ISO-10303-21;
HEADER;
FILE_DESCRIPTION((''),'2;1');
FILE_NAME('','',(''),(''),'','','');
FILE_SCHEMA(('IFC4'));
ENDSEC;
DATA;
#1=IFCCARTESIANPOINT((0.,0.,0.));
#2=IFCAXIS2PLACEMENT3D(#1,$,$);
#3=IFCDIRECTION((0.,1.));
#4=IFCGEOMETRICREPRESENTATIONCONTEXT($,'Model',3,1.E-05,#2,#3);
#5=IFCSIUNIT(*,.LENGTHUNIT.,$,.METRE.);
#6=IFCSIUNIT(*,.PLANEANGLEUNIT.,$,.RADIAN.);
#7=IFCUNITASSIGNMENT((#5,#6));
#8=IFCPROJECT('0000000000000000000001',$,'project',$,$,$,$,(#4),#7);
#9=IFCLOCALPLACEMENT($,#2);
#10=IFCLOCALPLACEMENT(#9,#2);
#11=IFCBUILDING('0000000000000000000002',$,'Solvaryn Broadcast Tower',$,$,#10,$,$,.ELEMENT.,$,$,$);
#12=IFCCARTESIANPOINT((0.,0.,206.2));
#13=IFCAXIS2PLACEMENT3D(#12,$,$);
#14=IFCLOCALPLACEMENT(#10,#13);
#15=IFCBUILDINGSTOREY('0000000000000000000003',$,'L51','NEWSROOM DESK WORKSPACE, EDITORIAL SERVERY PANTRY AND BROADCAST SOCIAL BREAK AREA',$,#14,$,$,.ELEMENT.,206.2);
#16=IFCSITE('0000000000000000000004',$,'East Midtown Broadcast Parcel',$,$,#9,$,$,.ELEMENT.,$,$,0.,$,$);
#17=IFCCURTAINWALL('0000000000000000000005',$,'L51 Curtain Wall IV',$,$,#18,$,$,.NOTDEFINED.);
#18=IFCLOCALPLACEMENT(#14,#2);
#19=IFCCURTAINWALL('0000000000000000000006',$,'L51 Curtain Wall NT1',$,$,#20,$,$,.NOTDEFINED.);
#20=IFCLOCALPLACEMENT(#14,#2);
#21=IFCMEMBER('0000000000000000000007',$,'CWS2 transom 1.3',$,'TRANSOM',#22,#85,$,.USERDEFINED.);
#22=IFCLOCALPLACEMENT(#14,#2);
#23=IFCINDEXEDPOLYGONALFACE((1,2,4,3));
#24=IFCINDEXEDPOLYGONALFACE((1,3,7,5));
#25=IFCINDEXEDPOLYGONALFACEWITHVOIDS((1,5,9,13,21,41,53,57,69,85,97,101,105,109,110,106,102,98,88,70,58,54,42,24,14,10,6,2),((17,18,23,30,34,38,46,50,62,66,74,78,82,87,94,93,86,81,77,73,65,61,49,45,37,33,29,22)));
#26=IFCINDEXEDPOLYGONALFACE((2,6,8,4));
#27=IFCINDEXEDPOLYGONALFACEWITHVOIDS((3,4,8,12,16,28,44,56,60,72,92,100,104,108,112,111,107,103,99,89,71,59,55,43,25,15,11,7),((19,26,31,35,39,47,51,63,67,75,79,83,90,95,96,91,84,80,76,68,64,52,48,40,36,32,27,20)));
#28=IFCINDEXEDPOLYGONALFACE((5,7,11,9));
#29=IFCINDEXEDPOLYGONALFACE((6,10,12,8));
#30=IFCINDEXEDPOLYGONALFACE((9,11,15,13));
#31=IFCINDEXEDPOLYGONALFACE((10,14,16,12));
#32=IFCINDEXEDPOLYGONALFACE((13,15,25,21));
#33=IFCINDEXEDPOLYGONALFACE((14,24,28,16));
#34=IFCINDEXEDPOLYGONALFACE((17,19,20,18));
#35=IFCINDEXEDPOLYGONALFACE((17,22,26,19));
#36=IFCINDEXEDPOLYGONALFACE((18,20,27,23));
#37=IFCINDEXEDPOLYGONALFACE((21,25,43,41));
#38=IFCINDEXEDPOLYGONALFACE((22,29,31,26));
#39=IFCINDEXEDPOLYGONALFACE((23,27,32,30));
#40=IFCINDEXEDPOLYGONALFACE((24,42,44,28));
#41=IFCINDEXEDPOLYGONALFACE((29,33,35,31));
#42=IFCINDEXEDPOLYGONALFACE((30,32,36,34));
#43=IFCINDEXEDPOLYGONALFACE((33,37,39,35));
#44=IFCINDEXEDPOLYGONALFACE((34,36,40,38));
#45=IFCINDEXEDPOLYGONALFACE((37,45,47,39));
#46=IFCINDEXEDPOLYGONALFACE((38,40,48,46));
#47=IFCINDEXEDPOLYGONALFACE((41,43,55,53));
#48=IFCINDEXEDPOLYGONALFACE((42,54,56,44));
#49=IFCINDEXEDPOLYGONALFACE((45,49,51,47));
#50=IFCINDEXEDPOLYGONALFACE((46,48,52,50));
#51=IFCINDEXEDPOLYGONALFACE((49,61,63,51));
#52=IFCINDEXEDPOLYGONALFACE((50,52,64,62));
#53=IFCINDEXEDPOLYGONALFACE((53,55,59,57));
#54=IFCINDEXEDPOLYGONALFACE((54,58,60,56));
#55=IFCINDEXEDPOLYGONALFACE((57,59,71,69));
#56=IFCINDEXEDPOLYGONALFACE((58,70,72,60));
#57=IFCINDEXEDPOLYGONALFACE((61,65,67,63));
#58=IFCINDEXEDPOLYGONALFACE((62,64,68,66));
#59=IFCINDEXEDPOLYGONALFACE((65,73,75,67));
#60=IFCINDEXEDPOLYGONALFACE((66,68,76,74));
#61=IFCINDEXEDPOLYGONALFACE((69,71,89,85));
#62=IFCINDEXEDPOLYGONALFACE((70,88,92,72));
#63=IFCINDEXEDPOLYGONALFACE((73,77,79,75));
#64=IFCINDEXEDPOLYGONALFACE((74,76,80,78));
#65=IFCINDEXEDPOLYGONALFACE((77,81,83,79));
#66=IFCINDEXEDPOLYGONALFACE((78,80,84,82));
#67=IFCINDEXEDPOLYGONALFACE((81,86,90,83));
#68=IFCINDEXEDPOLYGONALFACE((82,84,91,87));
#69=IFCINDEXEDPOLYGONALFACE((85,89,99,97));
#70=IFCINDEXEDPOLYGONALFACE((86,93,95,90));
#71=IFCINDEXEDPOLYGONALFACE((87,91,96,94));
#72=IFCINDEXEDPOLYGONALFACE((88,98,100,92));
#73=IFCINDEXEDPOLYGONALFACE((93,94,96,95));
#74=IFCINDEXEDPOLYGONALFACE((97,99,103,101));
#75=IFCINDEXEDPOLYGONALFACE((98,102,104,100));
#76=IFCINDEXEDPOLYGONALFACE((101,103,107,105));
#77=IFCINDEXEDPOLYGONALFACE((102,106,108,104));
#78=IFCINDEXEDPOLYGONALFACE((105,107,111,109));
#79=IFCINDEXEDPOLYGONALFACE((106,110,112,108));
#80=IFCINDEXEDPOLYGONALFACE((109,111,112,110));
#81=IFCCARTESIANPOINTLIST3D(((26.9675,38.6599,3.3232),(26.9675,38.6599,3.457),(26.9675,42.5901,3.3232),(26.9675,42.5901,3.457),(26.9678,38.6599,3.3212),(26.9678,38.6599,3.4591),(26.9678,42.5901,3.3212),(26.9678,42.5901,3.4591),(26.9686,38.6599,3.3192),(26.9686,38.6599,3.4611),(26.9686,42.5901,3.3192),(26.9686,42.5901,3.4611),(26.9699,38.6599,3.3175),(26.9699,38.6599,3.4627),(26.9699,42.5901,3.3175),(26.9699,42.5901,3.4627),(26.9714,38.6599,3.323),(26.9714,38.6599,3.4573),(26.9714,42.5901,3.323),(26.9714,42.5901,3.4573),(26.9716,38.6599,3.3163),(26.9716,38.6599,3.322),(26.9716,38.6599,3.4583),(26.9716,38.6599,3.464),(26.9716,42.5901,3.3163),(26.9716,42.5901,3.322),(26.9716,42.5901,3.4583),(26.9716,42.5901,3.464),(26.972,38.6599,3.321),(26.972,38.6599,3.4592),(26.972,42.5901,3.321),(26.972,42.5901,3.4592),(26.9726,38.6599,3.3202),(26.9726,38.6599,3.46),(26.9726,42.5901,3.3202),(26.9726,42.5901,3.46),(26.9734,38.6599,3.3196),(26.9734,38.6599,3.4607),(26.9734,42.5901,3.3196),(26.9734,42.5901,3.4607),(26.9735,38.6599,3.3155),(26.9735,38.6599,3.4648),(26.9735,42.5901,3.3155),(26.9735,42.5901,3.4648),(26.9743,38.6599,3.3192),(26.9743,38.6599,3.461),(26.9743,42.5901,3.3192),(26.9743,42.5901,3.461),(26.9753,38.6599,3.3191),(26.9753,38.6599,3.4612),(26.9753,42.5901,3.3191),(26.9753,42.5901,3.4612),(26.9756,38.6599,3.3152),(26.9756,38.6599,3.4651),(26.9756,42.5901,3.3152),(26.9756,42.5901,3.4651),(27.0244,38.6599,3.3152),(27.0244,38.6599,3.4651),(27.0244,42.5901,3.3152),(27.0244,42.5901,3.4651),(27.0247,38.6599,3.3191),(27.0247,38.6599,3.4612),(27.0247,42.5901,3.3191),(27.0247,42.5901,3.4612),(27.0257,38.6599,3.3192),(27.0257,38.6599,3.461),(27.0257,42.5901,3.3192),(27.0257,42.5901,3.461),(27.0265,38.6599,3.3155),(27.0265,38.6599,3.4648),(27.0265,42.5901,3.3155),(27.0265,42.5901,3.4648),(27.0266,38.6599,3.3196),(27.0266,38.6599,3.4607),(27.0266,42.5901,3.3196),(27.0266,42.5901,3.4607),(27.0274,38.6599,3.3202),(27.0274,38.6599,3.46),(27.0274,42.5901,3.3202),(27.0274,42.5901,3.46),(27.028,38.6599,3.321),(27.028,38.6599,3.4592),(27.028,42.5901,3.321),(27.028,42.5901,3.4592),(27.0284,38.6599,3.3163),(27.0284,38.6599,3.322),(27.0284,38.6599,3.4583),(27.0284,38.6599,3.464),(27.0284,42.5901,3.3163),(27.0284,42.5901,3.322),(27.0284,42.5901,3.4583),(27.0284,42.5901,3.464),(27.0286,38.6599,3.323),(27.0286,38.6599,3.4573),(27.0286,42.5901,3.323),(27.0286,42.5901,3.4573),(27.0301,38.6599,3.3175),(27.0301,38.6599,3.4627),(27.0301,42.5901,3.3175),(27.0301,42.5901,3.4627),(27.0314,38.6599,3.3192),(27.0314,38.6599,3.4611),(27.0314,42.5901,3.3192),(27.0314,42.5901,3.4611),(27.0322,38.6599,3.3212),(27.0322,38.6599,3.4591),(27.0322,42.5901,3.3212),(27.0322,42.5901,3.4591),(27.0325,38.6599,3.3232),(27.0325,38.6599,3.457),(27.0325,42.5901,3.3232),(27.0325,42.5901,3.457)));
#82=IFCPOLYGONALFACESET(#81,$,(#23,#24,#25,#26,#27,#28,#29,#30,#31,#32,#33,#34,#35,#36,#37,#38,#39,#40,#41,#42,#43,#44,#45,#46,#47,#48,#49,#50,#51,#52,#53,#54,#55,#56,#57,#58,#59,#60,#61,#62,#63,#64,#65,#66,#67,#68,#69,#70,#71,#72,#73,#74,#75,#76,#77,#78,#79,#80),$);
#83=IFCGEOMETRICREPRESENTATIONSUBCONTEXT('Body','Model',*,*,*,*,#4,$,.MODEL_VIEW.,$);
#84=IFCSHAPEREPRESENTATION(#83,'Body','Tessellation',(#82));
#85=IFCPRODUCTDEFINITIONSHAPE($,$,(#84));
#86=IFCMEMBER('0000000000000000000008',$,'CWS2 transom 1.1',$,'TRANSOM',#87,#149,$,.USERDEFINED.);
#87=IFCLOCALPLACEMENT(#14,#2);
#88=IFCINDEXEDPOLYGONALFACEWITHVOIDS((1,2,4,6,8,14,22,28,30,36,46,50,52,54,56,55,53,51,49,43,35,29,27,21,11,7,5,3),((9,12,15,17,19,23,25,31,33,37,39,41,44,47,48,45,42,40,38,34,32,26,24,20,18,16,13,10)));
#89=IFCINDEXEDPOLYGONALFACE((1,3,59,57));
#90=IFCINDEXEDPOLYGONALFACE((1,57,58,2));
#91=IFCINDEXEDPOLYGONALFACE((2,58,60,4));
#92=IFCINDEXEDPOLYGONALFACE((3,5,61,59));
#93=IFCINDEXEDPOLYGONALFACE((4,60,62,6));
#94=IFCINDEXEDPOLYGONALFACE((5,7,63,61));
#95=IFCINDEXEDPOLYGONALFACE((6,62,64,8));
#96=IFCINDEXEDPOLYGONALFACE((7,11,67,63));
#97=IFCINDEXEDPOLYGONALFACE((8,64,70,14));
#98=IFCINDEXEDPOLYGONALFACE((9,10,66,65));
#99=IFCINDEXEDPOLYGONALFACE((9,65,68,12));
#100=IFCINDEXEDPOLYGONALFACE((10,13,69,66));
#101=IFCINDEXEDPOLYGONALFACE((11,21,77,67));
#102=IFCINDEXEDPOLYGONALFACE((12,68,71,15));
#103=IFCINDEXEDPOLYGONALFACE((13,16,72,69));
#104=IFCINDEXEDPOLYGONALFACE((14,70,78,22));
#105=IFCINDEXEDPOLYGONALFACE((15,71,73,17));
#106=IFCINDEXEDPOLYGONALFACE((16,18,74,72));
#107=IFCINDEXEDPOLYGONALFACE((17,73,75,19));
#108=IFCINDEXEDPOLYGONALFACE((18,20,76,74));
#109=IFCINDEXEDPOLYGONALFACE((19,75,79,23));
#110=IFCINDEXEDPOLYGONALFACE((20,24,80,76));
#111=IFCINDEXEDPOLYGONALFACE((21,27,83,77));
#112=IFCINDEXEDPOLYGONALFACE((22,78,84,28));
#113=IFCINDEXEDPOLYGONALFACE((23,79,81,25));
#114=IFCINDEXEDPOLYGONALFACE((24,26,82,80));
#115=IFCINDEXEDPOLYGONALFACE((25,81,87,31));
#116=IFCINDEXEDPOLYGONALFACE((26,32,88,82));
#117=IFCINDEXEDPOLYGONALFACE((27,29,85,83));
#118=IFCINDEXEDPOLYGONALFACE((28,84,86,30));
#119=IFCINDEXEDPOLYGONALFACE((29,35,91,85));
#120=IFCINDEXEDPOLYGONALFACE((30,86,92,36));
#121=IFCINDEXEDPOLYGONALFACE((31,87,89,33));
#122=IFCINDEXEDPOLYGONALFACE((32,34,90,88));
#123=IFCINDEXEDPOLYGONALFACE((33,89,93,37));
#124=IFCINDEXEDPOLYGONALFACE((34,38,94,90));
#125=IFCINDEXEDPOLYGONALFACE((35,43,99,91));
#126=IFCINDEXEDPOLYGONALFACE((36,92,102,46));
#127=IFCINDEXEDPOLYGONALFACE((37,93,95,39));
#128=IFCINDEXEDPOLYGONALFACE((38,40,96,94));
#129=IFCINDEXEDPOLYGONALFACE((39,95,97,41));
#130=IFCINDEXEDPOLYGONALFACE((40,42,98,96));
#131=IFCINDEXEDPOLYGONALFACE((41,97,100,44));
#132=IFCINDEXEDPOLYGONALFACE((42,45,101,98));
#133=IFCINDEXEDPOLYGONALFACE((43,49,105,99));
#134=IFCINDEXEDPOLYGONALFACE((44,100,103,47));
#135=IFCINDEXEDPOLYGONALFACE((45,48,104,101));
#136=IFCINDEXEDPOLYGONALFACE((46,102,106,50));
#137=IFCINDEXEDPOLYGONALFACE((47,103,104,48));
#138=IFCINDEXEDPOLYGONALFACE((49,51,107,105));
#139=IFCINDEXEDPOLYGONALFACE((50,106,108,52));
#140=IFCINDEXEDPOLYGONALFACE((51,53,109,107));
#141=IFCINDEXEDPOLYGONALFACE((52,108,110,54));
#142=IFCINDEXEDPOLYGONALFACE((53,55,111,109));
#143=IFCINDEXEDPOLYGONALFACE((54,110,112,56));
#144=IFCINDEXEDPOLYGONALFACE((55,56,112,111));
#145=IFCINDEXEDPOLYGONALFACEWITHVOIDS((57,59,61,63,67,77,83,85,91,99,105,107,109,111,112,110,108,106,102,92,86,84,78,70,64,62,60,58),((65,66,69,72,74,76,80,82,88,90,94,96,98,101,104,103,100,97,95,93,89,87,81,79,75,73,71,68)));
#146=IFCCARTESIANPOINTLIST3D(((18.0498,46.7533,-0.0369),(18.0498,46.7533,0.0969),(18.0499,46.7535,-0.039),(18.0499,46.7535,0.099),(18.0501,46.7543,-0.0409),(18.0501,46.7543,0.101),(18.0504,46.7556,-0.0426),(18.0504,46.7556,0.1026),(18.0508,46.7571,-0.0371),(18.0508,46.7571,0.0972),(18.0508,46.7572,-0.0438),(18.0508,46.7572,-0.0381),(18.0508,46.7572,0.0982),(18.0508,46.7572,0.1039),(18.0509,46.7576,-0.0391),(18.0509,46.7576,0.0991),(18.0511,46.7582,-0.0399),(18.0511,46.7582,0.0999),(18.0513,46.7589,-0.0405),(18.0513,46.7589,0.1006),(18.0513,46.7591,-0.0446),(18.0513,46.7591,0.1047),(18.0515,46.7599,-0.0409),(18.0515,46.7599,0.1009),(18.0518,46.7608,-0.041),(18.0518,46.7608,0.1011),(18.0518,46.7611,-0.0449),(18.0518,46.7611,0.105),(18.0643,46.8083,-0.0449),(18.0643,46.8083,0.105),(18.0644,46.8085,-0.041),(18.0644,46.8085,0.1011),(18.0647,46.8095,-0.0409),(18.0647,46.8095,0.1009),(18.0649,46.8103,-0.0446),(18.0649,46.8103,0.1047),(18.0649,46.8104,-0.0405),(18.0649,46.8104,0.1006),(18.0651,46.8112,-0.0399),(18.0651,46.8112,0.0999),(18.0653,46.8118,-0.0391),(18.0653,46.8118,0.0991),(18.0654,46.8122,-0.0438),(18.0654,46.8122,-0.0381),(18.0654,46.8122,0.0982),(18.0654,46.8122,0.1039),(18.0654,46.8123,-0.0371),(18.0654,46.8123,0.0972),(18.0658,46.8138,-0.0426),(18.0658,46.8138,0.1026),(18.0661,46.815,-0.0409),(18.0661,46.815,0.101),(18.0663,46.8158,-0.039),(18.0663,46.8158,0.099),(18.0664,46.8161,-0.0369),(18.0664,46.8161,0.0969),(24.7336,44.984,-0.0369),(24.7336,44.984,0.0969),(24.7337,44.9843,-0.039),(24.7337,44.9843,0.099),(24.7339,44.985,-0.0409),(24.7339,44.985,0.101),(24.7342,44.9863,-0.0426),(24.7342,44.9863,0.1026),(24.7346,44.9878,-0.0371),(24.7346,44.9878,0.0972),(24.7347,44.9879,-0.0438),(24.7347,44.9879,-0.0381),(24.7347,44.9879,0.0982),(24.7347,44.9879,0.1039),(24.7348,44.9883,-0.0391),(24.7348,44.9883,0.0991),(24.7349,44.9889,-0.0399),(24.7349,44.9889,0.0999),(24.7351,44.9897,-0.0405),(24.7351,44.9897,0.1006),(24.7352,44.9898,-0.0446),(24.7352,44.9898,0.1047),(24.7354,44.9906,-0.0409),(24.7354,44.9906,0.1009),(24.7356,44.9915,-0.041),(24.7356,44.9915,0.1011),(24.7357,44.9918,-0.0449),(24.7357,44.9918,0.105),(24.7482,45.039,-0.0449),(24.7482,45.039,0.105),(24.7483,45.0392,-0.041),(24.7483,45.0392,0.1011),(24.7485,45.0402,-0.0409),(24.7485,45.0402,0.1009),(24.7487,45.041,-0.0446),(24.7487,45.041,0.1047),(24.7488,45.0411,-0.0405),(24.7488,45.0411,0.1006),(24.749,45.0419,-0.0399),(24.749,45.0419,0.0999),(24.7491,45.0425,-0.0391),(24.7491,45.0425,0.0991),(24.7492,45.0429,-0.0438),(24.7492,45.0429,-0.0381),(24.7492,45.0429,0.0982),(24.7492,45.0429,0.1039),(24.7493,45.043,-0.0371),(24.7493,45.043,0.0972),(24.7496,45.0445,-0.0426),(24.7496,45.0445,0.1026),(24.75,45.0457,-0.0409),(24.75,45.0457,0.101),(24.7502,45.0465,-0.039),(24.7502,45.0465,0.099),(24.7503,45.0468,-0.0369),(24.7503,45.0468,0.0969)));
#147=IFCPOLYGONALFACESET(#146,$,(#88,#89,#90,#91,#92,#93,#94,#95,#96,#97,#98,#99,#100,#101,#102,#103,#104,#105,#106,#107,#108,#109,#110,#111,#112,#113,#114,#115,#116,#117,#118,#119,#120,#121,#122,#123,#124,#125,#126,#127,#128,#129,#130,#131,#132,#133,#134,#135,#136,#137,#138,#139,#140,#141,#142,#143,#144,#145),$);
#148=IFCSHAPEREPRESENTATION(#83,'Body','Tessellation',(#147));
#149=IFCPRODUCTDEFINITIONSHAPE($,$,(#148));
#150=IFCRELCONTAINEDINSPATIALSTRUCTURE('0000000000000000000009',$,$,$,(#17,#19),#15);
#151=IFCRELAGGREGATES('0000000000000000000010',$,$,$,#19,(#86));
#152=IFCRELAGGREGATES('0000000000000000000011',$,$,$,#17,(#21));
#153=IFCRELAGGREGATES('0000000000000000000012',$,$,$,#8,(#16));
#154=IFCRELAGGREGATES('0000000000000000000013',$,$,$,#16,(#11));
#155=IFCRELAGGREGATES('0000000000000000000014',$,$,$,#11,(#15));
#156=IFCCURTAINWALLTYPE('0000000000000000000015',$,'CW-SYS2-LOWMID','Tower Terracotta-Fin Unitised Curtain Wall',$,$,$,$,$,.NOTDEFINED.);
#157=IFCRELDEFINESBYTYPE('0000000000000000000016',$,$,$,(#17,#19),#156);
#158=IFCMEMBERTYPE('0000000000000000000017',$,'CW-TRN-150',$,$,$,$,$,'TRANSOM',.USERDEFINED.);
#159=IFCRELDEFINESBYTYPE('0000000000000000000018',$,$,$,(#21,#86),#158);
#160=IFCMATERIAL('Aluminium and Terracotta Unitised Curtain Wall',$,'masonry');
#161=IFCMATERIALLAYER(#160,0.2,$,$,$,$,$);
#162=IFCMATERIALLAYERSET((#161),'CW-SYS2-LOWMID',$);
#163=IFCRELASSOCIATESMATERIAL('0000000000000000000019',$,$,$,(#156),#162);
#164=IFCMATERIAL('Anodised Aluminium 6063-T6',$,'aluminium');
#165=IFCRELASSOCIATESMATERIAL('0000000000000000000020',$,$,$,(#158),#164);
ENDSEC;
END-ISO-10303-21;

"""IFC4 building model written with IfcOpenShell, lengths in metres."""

from ifc_helpers import new_model, si_unit, direction, frame, origin, origin_2d, place, context, subcontext, project, spatial, hollow_rectangle, extrude, material, layer, layer_set, material_profile, profile_set, type_object, element, aggregate, save


model = new_model("IFC4")

# Units and contexts
model_context = context("Model", 3, precision=1e-05, world=origin(), true_north=direction((0.0, 1.0)))
body_context = subcontext(model_context, "Body", "Model", "MODEL_VIEW")
ifc_project = project(units=[si_unit("LENGTHUNIT", "METRE"), si_unit("PLANEANGLEUNIT", "RADIAN")], contexts=[model_context])

# Site, building, storey
site_placement = place(None, origin())
site = spatial("IfcSite", under=ifc_project, at=site_placement, Name="East Midtown Broadcast Parcel", CompositionType="ELEMENT", RefElevation=0.0)
building_placement = place(site_placement, origin())
building = spatial("IfcBuilding", under=site, at=building_placement, Name="Solvaryn Broadcast Tower", CompositionType="ELEMENT")
storey_placement = place(building_placement, frame((0.0, 0.0, 206.2)))
storey = spatial("IfcBuildingStorey", under=building, at=storey_placement, Name="L51", Description="NEWSROOM DESK WORKSPACE, EDITORIAL SERVERY PANTRY AND BROADCAST SOCIAL BREAK AREA", CompositionType="ELEMENT", Elevation=206.2)

# Curtain wall
ifc_material_1 = material(Name="Aluminium and Terracotta Unitised Curtain Wall", Category="masonry")
ifc_layer_1 = layer(ifc_material_1, 0.2)
ifc_layer_set_1 = layer_set([ifc_layer_1], Name="CW-SYS2-LOWMID")
curtain_wall_type = type_object("IfcCurtainWallType", Name="CW-SYS2-LOWMID", Description="Tower Terracotta-Fin Unitised Curtain Wall", PredefinedType="NOTDEFINED", material=ifc_layer_set_1)
curtain_wall_1_placement = place(storey_placement, origin())
curtain_wall_1 = element("IfcCurtainWall", 1, at=curtain_wall_1_placement, inside=storey, type_object=curtain_wall_type, Name="L51 Curtain Wall IV", PredefinedType="NOTDEFINED")

# Curtain wall
curtain_wall_2_placement = place(storey_placement, origin())
curtain_wall_2 = element("IfcCurtainWall", 2, at=curtain_wall_2_placement, inside=storey, type_object=curtain_wall_type, Name="L51 Curtain Wall NT1", PredefinedType="NOTDEFINED")

# Members
ifc_material_2 = material(Name="Anodised Aluminium 6063-T6", Category="aluminium")
ifc_material_profile_1 = material_profile(ifc_material_2, hollow_rectangle(XDim=0.0649, YDim=0.1499, WallThickness=0.0039, InnerFilletRadius=0.0039, OuterFilletRadius=0.0081, at=origin_2d()))
ifc_profile_set_1 = profile_set([ifc_material_profile_1], Name="Anodised Aluminium 6063-T6")
member_type_1 = type_object("IfcMemberType", Name="CW-TRN-150", ElementType="TRANSOM", PredefinedType="USERDEFINED", material=ifc_profile_set_1)
member_1_placement = place(storey_placement, frame((27.0, 42.5901, 3.3901), z_axis=(0.0, -1.0, 0.0), x_axis=(1.0, 0.0, 0.0)))
member_1 = element("IfcMember", 3, at=member_1_placement, type_object=member_type_1, Name="CWS2 transom 1.3", ObjectType="TRANSOM", PredefinedType="USERDEFINED", context=body_context, shape_type="SweptSolid", body=[
    extrude(hollow_rectangle(XDim=0.0649, YDim=0.1499, WallThickness=0.0039, InnerFilletRadius=0.0039, OuterFilletRadius=0.0081, at=origin_2d()), origin(), (0.0, 0.0, 1.0), 3.9302),
])
member_2_placement = place(storey_placement, frame((24.7419, 45.0154, 0.03), z_axis=(-0.966704, 0.255897, 0.0), x_axis=(-0.255897, -0.966704, 0.0)))
member_2 = element("IfcMember", 4, at=member_2_placement, type_object=member_type_1, Name="CWS2 transom 1.1", ObjectType="TRANSOM", PredefinedType="USERDEFINED", context=body_context, shape_type="SweptSolid", body=[
    extrude(hollow_rectangle(XDim=0.0649, YDim=0.1499, WallThickness=0.0039, InnerFilletRadius=0.0039, OuterFilletRadius=0.0081, at=origin_2d()), origin(), (0.0, 0.0, 1.0), 6.9141),
])
aggregate(curtain_wall_2, [member_2])

aggregate(curtain_wall_1, [member_1])

save(model, "model.ifc")
